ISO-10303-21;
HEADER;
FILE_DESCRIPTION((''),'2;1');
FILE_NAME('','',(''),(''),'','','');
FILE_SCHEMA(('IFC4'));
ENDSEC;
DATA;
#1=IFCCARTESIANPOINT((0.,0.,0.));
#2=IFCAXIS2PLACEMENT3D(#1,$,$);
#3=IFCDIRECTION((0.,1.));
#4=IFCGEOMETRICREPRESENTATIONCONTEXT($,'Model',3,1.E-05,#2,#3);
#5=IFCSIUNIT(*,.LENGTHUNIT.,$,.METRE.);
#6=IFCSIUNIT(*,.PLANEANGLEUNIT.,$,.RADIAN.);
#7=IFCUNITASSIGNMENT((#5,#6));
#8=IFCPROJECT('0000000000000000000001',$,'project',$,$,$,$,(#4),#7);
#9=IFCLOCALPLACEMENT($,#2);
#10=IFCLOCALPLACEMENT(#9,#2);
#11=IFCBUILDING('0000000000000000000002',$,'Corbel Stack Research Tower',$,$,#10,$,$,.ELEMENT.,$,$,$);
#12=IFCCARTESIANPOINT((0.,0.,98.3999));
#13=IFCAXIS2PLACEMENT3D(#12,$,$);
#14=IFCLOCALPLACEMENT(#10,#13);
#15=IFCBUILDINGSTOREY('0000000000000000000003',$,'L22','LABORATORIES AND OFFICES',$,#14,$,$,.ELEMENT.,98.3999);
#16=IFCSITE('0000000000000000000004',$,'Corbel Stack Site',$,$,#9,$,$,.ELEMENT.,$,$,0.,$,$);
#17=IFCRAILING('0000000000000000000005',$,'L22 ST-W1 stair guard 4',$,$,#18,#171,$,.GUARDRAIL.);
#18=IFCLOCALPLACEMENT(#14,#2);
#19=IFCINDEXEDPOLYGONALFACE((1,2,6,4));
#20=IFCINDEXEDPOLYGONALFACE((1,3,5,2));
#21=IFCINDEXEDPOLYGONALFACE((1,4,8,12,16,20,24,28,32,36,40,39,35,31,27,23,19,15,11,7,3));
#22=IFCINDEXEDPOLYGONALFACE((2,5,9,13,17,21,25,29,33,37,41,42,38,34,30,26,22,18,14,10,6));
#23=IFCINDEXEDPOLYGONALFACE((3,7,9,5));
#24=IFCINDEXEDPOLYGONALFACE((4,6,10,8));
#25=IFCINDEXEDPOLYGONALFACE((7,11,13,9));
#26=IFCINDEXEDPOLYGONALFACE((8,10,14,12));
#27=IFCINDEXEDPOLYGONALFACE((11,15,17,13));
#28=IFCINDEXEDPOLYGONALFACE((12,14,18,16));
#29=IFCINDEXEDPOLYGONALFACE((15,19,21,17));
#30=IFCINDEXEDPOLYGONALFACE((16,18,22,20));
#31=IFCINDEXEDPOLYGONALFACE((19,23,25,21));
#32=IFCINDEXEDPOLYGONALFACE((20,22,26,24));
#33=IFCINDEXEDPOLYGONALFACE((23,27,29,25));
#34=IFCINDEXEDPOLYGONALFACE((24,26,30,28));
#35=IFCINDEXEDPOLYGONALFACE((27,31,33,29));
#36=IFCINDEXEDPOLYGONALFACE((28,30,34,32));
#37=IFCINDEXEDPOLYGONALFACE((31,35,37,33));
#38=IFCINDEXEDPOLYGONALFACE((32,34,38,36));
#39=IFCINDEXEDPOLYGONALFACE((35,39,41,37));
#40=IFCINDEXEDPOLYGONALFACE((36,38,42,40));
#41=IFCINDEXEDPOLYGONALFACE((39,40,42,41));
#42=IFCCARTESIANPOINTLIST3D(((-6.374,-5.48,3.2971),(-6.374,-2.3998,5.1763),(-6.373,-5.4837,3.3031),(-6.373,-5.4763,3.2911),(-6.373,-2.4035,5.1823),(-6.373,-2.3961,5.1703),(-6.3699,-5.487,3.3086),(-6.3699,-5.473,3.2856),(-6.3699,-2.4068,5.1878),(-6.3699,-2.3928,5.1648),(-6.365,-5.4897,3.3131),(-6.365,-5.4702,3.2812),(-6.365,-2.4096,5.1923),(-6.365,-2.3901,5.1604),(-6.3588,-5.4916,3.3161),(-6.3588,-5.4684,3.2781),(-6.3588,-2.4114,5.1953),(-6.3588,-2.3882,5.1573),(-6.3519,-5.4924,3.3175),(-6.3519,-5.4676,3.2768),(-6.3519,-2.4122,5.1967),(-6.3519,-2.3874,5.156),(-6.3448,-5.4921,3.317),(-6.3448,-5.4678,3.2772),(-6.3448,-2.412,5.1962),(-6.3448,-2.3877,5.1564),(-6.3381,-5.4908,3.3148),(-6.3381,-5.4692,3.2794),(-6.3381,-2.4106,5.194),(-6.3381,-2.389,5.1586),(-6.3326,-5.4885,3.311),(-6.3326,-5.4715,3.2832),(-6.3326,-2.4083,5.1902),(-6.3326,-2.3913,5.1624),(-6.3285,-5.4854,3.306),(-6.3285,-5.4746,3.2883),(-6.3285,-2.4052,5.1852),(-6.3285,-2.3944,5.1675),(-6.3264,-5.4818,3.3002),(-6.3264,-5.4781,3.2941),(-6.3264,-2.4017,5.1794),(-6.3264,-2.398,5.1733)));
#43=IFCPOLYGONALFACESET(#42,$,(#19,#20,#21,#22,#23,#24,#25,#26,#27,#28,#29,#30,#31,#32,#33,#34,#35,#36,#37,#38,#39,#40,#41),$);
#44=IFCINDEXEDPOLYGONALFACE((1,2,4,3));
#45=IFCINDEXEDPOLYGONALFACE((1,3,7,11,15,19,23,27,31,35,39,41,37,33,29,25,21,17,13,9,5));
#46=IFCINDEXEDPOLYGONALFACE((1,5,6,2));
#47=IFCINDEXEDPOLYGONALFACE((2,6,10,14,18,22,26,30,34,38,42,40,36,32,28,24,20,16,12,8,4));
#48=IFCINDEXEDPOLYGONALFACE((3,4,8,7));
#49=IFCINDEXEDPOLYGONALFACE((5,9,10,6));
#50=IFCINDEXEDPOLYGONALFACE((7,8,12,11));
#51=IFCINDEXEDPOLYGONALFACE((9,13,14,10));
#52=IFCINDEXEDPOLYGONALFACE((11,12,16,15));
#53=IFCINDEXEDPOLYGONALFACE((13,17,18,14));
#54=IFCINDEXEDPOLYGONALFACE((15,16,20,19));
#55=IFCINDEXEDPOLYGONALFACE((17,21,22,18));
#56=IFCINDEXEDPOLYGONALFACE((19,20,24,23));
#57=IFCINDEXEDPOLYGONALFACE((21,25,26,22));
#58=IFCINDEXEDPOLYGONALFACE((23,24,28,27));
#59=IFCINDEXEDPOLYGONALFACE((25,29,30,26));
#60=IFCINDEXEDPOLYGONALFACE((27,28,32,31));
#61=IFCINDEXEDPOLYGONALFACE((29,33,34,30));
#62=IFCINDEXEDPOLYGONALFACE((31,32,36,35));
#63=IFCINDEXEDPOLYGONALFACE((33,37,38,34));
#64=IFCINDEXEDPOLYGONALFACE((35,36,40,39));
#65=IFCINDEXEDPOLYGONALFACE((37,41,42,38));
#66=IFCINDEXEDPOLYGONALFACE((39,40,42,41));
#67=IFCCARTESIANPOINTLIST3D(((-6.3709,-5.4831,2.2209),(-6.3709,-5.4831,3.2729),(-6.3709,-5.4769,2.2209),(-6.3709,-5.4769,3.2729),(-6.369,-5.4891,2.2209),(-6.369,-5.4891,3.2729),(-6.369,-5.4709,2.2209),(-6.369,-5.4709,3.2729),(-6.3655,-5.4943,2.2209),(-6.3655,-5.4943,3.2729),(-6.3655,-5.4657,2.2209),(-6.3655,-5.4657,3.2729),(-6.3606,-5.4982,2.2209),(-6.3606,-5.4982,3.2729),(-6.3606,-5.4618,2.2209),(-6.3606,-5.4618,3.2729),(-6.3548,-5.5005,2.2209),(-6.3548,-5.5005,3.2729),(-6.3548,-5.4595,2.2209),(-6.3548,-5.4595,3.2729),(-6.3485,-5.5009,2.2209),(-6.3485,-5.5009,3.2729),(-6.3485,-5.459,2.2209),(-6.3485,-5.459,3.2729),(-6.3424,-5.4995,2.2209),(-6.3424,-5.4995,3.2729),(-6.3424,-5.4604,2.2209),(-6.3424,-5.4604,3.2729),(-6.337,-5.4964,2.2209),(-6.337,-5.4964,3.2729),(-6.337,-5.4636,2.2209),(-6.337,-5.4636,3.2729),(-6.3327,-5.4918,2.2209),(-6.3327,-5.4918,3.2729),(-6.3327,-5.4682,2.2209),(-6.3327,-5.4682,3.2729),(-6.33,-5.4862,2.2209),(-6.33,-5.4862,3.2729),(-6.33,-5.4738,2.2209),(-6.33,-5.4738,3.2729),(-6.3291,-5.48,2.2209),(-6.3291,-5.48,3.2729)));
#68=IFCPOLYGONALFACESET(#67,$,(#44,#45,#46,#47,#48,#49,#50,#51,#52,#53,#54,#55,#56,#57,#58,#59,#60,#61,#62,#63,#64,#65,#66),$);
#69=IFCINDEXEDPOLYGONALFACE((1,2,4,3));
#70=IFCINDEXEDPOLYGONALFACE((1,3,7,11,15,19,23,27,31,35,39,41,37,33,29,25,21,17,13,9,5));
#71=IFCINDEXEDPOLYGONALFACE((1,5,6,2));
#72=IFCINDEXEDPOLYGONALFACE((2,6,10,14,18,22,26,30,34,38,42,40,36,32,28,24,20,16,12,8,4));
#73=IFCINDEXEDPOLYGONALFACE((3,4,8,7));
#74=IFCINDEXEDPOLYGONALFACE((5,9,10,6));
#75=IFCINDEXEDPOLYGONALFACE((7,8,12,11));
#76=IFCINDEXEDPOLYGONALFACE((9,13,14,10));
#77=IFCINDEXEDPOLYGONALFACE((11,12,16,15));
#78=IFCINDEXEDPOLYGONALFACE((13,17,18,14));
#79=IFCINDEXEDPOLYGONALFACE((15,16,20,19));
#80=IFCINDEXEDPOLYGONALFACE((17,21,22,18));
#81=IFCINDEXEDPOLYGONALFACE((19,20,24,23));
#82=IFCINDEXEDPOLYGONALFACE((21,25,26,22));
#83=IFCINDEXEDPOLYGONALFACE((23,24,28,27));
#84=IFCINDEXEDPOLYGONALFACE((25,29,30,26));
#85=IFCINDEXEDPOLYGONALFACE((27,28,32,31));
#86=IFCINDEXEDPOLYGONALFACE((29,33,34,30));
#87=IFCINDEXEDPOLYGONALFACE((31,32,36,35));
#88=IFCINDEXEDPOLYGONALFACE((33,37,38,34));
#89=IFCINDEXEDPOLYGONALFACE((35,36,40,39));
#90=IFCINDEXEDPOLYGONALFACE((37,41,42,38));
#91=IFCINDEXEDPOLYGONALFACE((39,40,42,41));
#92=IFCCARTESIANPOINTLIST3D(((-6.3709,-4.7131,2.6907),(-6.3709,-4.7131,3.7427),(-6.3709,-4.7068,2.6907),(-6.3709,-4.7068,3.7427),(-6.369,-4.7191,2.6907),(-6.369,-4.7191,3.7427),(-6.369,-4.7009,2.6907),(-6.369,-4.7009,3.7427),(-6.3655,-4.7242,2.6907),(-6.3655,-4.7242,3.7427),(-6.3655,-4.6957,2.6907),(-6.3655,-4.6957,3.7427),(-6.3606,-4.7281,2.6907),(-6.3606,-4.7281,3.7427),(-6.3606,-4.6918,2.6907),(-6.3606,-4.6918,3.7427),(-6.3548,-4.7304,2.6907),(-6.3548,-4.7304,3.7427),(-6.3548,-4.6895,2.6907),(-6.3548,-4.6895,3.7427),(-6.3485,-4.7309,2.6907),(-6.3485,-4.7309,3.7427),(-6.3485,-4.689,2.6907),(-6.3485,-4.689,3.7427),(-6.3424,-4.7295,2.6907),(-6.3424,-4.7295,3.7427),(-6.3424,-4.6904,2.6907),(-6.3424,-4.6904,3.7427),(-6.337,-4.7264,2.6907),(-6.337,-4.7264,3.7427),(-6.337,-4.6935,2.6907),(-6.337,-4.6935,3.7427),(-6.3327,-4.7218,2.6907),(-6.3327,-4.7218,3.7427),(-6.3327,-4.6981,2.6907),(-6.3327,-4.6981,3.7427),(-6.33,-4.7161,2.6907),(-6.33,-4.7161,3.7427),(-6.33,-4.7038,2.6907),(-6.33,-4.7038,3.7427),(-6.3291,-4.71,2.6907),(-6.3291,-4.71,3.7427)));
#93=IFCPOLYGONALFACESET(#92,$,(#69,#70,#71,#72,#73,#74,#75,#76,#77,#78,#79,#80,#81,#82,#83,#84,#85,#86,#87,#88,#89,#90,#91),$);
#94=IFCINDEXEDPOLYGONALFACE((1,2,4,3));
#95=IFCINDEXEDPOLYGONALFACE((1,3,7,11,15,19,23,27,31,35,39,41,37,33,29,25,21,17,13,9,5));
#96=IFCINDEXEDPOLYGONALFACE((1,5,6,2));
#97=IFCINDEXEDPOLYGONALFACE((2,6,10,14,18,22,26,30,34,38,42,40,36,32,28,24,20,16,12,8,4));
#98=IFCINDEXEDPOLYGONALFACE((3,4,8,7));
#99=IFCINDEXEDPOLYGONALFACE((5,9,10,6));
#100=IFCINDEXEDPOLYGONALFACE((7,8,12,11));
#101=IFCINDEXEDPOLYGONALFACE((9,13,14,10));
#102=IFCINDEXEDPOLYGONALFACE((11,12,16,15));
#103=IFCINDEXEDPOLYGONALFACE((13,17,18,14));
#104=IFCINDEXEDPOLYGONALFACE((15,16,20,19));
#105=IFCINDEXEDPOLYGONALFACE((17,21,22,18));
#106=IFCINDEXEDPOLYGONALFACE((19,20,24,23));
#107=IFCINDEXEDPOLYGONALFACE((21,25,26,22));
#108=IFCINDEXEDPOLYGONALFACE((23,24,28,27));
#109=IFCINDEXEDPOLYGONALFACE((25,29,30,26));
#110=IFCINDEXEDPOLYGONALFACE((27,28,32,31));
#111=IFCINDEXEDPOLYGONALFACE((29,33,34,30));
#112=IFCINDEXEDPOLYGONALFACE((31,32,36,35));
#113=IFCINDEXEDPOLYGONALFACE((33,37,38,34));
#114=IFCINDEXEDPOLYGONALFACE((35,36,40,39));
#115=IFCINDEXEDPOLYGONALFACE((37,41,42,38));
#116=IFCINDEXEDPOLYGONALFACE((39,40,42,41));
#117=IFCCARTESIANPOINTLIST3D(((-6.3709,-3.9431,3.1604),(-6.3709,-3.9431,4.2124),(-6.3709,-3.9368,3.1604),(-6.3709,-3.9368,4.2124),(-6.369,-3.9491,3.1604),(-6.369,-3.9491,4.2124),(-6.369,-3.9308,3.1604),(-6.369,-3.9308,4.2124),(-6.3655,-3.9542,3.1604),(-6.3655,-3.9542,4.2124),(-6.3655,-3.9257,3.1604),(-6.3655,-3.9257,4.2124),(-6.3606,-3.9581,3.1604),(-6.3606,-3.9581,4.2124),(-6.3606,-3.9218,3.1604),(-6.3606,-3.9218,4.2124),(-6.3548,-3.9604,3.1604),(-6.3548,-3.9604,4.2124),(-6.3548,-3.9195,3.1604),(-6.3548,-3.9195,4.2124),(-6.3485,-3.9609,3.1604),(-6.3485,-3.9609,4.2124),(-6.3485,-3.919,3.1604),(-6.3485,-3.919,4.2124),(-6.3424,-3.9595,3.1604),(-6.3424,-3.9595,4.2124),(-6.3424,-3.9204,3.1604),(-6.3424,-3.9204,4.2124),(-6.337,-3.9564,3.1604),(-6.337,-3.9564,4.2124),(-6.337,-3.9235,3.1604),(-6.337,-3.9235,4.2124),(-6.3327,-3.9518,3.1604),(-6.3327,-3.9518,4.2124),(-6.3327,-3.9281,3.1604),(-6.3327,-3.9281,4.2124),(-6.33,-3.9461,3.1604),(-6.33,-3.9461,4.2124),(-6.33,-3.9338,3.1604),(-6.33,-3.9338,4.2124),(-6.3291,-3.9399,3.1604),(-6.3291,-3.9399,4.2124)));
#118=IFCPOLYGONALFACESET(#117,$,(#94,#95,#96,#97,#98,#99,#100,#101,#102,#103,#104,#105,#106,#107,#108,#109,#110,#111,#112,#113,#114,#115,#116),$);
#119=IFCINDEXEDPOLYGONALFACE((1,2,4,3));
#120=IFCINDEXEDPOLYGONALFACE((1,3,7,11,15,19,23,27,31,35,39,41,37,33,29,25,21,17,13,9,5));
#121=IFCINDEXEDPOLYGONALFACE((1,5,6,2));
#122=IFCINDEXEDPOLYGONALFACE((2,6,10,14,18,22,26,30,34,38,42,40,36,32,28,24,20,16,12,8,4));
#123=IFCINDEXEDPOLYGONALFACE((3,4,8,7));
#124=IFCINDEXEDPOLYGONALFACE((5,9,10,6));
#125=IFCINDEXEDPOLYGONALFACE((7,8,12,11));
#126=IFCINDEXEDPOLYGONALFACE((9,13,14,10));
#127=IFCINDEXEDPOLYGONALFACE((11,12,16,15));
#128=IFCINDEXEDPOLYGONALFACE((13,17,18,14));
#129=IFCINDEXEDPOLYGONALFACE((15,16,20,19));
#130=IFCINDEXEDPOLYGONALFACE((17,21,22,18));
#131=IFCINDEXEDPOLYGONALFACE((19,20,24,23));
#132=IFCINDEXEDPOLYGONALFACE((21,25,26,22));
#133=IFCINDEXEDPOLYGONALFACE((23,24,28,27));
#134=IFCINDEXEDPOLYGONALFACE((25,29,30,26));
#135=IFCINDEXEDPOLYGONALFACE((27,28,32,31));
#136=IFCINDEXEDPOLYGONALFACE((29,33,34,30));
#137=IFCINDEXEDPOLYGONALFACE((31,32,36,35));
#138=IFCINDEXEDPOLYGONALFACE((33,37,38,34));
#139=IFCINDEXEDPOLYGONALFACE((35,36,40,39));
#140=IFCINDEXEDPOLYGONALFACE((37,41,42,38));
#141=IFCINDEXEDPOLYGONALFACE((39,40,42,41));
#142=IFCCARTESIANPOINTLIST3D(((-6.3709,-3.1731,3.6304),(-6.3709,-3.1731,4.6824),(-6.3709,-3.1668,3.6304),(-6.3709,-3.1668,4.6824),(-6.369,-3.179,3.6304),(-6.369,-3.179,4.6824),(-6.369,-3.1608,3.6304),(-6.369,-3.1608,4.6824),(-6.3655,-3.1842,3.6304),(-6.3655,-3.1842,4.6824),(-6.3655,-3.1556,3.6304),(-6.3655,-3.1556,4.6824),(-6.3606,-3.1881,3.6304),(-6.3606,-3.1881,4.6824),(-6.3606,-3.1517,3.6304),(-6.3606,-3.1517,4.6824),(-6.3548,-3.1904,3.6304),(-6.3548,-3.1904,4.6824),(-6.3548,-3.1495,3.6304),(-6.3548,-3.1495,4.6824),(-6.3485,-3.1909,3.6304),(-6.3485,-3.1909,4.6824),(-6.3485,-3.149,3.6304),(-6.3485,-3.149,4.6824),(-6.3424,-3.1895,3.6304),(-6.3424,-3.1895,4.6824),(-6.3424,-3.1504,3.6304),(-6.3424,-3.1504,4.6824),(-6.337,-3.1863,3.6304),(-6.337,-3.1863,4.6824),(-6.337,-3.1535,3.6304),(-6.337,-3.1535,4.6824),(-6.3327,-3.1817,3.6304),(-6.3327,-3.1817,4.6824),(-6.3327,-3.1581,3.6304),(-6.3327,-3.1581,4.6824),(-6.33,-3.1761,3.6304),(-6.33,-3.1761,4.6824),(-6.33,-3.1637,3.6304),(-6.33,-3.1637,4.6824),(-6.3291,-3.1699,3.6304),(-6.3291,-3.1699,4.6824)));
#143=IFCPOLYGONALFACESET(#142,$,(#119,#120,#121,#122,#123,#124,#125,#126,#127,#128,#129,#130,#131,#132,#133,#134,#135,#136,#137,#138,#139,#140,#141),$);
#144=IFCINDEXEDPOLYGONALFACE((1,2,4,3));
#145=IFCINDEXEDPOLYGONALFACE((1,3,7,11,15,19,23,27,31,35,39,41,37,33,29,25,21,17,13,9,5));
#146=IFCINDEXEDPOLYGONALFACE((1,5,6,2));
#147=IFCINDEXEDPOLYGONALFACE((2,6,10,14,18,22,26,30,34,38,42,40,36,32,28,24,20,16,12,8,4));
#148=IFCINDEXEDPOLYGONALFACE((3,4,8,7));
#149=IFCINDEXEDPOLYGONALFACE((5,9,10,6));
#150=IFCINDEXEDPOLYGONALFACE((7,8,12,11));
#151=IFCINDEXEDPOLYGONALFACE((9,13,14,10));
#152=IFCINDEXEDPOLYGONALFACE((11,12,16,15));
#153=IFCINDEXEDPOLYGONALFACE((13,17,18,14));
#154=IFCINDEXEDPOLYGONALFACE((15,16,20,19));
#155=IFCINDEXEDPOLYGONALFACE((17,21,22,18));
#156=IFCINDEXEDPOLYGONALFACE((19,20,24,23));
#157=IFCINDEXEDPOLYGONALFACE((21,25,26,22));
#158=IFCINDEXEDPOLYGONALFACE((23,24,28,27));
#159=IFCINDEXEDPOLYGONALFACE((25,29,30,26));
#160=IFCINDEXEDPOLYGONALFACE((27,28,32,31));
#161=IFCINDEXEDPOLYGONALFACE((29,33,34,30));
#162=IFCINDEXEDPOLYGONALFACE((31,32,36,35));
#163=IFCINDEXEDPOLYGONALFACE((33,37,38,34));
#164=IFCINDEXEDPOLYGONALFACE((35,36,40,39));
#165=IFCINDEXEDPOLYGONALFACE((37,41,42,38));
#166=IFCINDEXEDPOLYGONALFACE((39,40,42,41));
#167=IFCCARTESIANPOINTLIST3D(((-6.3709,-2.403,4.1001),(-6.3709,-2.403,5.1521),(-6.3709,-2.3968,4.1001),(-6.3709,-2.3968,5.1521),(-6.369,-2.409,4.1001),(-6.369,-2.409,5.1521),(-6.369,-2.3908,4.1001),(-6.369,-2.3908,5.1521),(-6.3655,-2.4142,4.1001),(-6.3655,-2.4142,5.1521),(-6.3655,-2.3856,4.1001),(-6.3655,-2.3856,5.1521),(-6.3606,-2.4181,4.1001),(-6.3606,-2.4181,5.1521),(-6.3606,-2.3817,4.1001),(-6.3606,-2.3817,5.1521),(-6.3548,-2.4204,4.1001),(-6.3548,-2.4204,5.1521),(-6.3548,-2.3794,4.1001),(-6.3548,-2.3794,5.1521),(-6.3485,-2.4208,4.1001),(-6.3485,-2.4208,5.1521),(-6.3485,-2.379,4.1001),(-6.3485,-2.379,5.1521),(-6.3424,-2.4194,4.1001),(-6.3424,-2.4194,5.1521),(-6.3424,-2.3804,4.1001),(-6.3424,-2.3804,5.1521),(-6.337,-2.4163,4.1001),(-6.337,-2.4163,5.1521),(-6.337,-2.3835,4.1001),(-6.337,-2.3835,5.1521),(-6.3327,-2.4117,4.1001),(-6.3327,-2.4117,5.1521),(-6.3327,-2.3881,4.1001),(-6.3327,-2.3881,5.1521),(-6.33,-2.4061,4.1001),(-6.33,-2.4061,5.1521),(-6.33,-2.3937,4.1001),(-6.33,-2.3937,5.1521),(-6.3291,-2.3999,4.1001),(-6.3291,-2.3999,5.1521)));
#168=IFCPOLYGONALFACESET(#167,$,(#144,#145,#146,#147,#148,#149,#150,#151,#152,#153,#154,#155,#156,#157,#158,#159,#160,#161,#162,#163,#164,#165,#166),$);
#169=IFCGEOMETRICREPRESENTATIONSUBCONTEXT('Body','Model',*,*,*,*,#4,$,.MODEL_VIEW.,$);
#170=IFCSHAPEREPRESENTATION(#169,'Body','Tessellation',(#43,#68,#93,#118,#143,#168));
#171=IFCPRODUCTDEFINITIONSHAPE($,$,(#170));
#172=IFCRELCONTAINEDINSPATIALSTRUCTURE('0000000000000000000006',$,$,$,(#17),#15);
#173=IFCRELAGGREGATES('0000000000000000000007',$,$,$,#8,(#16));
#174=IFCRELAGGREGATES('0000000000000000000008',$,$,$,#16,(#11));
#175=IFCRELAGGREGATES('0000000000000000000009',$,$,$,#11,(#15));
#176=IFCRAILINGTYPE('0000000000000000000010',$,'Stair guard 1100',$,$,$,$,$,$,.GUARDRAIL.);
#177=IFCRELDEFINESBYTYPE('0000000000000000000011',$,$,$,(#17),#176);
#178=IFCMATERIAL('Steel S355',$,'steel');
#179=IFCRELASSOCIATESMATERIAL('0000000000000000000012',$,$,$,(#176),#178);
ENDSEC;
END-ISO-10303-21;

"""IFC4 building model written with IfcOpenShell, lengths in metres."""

from ifc_helpers import new_model, si_unit, direction, frame, origin, origin_2d, place, context, subcontext, project, spatial, circle, extrude, material, type_object, element, save


model = new_model("IFC4")

# Units and contexts
model_context = context("Model", 3, precision=1e-05, world=origin(), true_north=direction((0.0, 1.0)))
body_context = subcontext(model_context, "Body", "Model", "MODEL_VIEW")
ifc_project = project(units=[si_unit("LENGTHUNIT", "METRE"), si_unit("PLANEANGLEUNIT", "RADIAN")], contexts=[model_context])

# Site, building, storey
site_placement = place(None, origin())
site = spatial("IfcSite", under=ifc_project, at=site_placement, Name="Corbel Stack Site", CompositionType="ELEMENT", RefElevation=0.0)
building_placement = place(site_placement, origin())
building = spatial("IfcBuilding", under=site, at=building_placement, Name="Corbel Stack Research Tower", CompositionType="ELEMENT")
storey_placement = place(building_placement, frame((0.0, 0.0, 98.3999)))
storey = spatial("IfcBuildingStorey", under=building, at=storey_placement, Name="L22", Description="LABORATORIES AND OFFICES", CompositionType="ELEMENT", Elevation=98.3999)

# Railing
ifc_material_1 = material(Name="Steel S355", Category="steel")
railing_type_1 = type_object("IfcRailingType", Name="Stair guard 1100", PredefinedType="GUARDRAIL", material=ifc_material_1)
railing_1_placement = place(storey_placement, frame((-6.3501, -5.48, 2.2209)))
element("IfcRailing", 1, at=railing_1_placement, inside=storey, type_object=railing_type_1, Name="L22 ST-W1 stair guard 4", PredefinedType="GUARDRAIL", context=body_context, shape_type="SweptSolid", body=[
    extrude(circle(Radius=0.0239, at=origin_2d()), frame((0.0, 0.0, 1.0762), z_axis=(0.0, 0.853666, 0.52082), x_axis=(-1.0, 0.0, 0.0)), (0.0, 0.0, 1.0), 3.6082),
    extrude(circle(Radius=0.021, at=origin_2d()), origin(), (0.0, 0.0, 1.0), 1.052),
    extrude(circle(Radius=0.021, at=origin_2d()), frame((0.0, 0.77, 0.4697)), (0.0, 0.0, 1.0), 1.052),
    extrude(circle(Radius=0.021, at=origin_2d()), frame((0.0, 1.54, 0.9395)), (0.0, 0.0, 1.0), 1.052),
    extrude(circle(Radius=0.021, at=origin_2d()), frame((0.0, 2.3101, 1.4094)), (0.0, 0.0, 1.0), 1.052),
    extrude(circle(Radius=0.021, at=origin_2d()), frame((0.0, 3.0801, 1.8792)), (0.0, 0.0, 1.0), 1.052),
])

save(model, "model.ifc")
